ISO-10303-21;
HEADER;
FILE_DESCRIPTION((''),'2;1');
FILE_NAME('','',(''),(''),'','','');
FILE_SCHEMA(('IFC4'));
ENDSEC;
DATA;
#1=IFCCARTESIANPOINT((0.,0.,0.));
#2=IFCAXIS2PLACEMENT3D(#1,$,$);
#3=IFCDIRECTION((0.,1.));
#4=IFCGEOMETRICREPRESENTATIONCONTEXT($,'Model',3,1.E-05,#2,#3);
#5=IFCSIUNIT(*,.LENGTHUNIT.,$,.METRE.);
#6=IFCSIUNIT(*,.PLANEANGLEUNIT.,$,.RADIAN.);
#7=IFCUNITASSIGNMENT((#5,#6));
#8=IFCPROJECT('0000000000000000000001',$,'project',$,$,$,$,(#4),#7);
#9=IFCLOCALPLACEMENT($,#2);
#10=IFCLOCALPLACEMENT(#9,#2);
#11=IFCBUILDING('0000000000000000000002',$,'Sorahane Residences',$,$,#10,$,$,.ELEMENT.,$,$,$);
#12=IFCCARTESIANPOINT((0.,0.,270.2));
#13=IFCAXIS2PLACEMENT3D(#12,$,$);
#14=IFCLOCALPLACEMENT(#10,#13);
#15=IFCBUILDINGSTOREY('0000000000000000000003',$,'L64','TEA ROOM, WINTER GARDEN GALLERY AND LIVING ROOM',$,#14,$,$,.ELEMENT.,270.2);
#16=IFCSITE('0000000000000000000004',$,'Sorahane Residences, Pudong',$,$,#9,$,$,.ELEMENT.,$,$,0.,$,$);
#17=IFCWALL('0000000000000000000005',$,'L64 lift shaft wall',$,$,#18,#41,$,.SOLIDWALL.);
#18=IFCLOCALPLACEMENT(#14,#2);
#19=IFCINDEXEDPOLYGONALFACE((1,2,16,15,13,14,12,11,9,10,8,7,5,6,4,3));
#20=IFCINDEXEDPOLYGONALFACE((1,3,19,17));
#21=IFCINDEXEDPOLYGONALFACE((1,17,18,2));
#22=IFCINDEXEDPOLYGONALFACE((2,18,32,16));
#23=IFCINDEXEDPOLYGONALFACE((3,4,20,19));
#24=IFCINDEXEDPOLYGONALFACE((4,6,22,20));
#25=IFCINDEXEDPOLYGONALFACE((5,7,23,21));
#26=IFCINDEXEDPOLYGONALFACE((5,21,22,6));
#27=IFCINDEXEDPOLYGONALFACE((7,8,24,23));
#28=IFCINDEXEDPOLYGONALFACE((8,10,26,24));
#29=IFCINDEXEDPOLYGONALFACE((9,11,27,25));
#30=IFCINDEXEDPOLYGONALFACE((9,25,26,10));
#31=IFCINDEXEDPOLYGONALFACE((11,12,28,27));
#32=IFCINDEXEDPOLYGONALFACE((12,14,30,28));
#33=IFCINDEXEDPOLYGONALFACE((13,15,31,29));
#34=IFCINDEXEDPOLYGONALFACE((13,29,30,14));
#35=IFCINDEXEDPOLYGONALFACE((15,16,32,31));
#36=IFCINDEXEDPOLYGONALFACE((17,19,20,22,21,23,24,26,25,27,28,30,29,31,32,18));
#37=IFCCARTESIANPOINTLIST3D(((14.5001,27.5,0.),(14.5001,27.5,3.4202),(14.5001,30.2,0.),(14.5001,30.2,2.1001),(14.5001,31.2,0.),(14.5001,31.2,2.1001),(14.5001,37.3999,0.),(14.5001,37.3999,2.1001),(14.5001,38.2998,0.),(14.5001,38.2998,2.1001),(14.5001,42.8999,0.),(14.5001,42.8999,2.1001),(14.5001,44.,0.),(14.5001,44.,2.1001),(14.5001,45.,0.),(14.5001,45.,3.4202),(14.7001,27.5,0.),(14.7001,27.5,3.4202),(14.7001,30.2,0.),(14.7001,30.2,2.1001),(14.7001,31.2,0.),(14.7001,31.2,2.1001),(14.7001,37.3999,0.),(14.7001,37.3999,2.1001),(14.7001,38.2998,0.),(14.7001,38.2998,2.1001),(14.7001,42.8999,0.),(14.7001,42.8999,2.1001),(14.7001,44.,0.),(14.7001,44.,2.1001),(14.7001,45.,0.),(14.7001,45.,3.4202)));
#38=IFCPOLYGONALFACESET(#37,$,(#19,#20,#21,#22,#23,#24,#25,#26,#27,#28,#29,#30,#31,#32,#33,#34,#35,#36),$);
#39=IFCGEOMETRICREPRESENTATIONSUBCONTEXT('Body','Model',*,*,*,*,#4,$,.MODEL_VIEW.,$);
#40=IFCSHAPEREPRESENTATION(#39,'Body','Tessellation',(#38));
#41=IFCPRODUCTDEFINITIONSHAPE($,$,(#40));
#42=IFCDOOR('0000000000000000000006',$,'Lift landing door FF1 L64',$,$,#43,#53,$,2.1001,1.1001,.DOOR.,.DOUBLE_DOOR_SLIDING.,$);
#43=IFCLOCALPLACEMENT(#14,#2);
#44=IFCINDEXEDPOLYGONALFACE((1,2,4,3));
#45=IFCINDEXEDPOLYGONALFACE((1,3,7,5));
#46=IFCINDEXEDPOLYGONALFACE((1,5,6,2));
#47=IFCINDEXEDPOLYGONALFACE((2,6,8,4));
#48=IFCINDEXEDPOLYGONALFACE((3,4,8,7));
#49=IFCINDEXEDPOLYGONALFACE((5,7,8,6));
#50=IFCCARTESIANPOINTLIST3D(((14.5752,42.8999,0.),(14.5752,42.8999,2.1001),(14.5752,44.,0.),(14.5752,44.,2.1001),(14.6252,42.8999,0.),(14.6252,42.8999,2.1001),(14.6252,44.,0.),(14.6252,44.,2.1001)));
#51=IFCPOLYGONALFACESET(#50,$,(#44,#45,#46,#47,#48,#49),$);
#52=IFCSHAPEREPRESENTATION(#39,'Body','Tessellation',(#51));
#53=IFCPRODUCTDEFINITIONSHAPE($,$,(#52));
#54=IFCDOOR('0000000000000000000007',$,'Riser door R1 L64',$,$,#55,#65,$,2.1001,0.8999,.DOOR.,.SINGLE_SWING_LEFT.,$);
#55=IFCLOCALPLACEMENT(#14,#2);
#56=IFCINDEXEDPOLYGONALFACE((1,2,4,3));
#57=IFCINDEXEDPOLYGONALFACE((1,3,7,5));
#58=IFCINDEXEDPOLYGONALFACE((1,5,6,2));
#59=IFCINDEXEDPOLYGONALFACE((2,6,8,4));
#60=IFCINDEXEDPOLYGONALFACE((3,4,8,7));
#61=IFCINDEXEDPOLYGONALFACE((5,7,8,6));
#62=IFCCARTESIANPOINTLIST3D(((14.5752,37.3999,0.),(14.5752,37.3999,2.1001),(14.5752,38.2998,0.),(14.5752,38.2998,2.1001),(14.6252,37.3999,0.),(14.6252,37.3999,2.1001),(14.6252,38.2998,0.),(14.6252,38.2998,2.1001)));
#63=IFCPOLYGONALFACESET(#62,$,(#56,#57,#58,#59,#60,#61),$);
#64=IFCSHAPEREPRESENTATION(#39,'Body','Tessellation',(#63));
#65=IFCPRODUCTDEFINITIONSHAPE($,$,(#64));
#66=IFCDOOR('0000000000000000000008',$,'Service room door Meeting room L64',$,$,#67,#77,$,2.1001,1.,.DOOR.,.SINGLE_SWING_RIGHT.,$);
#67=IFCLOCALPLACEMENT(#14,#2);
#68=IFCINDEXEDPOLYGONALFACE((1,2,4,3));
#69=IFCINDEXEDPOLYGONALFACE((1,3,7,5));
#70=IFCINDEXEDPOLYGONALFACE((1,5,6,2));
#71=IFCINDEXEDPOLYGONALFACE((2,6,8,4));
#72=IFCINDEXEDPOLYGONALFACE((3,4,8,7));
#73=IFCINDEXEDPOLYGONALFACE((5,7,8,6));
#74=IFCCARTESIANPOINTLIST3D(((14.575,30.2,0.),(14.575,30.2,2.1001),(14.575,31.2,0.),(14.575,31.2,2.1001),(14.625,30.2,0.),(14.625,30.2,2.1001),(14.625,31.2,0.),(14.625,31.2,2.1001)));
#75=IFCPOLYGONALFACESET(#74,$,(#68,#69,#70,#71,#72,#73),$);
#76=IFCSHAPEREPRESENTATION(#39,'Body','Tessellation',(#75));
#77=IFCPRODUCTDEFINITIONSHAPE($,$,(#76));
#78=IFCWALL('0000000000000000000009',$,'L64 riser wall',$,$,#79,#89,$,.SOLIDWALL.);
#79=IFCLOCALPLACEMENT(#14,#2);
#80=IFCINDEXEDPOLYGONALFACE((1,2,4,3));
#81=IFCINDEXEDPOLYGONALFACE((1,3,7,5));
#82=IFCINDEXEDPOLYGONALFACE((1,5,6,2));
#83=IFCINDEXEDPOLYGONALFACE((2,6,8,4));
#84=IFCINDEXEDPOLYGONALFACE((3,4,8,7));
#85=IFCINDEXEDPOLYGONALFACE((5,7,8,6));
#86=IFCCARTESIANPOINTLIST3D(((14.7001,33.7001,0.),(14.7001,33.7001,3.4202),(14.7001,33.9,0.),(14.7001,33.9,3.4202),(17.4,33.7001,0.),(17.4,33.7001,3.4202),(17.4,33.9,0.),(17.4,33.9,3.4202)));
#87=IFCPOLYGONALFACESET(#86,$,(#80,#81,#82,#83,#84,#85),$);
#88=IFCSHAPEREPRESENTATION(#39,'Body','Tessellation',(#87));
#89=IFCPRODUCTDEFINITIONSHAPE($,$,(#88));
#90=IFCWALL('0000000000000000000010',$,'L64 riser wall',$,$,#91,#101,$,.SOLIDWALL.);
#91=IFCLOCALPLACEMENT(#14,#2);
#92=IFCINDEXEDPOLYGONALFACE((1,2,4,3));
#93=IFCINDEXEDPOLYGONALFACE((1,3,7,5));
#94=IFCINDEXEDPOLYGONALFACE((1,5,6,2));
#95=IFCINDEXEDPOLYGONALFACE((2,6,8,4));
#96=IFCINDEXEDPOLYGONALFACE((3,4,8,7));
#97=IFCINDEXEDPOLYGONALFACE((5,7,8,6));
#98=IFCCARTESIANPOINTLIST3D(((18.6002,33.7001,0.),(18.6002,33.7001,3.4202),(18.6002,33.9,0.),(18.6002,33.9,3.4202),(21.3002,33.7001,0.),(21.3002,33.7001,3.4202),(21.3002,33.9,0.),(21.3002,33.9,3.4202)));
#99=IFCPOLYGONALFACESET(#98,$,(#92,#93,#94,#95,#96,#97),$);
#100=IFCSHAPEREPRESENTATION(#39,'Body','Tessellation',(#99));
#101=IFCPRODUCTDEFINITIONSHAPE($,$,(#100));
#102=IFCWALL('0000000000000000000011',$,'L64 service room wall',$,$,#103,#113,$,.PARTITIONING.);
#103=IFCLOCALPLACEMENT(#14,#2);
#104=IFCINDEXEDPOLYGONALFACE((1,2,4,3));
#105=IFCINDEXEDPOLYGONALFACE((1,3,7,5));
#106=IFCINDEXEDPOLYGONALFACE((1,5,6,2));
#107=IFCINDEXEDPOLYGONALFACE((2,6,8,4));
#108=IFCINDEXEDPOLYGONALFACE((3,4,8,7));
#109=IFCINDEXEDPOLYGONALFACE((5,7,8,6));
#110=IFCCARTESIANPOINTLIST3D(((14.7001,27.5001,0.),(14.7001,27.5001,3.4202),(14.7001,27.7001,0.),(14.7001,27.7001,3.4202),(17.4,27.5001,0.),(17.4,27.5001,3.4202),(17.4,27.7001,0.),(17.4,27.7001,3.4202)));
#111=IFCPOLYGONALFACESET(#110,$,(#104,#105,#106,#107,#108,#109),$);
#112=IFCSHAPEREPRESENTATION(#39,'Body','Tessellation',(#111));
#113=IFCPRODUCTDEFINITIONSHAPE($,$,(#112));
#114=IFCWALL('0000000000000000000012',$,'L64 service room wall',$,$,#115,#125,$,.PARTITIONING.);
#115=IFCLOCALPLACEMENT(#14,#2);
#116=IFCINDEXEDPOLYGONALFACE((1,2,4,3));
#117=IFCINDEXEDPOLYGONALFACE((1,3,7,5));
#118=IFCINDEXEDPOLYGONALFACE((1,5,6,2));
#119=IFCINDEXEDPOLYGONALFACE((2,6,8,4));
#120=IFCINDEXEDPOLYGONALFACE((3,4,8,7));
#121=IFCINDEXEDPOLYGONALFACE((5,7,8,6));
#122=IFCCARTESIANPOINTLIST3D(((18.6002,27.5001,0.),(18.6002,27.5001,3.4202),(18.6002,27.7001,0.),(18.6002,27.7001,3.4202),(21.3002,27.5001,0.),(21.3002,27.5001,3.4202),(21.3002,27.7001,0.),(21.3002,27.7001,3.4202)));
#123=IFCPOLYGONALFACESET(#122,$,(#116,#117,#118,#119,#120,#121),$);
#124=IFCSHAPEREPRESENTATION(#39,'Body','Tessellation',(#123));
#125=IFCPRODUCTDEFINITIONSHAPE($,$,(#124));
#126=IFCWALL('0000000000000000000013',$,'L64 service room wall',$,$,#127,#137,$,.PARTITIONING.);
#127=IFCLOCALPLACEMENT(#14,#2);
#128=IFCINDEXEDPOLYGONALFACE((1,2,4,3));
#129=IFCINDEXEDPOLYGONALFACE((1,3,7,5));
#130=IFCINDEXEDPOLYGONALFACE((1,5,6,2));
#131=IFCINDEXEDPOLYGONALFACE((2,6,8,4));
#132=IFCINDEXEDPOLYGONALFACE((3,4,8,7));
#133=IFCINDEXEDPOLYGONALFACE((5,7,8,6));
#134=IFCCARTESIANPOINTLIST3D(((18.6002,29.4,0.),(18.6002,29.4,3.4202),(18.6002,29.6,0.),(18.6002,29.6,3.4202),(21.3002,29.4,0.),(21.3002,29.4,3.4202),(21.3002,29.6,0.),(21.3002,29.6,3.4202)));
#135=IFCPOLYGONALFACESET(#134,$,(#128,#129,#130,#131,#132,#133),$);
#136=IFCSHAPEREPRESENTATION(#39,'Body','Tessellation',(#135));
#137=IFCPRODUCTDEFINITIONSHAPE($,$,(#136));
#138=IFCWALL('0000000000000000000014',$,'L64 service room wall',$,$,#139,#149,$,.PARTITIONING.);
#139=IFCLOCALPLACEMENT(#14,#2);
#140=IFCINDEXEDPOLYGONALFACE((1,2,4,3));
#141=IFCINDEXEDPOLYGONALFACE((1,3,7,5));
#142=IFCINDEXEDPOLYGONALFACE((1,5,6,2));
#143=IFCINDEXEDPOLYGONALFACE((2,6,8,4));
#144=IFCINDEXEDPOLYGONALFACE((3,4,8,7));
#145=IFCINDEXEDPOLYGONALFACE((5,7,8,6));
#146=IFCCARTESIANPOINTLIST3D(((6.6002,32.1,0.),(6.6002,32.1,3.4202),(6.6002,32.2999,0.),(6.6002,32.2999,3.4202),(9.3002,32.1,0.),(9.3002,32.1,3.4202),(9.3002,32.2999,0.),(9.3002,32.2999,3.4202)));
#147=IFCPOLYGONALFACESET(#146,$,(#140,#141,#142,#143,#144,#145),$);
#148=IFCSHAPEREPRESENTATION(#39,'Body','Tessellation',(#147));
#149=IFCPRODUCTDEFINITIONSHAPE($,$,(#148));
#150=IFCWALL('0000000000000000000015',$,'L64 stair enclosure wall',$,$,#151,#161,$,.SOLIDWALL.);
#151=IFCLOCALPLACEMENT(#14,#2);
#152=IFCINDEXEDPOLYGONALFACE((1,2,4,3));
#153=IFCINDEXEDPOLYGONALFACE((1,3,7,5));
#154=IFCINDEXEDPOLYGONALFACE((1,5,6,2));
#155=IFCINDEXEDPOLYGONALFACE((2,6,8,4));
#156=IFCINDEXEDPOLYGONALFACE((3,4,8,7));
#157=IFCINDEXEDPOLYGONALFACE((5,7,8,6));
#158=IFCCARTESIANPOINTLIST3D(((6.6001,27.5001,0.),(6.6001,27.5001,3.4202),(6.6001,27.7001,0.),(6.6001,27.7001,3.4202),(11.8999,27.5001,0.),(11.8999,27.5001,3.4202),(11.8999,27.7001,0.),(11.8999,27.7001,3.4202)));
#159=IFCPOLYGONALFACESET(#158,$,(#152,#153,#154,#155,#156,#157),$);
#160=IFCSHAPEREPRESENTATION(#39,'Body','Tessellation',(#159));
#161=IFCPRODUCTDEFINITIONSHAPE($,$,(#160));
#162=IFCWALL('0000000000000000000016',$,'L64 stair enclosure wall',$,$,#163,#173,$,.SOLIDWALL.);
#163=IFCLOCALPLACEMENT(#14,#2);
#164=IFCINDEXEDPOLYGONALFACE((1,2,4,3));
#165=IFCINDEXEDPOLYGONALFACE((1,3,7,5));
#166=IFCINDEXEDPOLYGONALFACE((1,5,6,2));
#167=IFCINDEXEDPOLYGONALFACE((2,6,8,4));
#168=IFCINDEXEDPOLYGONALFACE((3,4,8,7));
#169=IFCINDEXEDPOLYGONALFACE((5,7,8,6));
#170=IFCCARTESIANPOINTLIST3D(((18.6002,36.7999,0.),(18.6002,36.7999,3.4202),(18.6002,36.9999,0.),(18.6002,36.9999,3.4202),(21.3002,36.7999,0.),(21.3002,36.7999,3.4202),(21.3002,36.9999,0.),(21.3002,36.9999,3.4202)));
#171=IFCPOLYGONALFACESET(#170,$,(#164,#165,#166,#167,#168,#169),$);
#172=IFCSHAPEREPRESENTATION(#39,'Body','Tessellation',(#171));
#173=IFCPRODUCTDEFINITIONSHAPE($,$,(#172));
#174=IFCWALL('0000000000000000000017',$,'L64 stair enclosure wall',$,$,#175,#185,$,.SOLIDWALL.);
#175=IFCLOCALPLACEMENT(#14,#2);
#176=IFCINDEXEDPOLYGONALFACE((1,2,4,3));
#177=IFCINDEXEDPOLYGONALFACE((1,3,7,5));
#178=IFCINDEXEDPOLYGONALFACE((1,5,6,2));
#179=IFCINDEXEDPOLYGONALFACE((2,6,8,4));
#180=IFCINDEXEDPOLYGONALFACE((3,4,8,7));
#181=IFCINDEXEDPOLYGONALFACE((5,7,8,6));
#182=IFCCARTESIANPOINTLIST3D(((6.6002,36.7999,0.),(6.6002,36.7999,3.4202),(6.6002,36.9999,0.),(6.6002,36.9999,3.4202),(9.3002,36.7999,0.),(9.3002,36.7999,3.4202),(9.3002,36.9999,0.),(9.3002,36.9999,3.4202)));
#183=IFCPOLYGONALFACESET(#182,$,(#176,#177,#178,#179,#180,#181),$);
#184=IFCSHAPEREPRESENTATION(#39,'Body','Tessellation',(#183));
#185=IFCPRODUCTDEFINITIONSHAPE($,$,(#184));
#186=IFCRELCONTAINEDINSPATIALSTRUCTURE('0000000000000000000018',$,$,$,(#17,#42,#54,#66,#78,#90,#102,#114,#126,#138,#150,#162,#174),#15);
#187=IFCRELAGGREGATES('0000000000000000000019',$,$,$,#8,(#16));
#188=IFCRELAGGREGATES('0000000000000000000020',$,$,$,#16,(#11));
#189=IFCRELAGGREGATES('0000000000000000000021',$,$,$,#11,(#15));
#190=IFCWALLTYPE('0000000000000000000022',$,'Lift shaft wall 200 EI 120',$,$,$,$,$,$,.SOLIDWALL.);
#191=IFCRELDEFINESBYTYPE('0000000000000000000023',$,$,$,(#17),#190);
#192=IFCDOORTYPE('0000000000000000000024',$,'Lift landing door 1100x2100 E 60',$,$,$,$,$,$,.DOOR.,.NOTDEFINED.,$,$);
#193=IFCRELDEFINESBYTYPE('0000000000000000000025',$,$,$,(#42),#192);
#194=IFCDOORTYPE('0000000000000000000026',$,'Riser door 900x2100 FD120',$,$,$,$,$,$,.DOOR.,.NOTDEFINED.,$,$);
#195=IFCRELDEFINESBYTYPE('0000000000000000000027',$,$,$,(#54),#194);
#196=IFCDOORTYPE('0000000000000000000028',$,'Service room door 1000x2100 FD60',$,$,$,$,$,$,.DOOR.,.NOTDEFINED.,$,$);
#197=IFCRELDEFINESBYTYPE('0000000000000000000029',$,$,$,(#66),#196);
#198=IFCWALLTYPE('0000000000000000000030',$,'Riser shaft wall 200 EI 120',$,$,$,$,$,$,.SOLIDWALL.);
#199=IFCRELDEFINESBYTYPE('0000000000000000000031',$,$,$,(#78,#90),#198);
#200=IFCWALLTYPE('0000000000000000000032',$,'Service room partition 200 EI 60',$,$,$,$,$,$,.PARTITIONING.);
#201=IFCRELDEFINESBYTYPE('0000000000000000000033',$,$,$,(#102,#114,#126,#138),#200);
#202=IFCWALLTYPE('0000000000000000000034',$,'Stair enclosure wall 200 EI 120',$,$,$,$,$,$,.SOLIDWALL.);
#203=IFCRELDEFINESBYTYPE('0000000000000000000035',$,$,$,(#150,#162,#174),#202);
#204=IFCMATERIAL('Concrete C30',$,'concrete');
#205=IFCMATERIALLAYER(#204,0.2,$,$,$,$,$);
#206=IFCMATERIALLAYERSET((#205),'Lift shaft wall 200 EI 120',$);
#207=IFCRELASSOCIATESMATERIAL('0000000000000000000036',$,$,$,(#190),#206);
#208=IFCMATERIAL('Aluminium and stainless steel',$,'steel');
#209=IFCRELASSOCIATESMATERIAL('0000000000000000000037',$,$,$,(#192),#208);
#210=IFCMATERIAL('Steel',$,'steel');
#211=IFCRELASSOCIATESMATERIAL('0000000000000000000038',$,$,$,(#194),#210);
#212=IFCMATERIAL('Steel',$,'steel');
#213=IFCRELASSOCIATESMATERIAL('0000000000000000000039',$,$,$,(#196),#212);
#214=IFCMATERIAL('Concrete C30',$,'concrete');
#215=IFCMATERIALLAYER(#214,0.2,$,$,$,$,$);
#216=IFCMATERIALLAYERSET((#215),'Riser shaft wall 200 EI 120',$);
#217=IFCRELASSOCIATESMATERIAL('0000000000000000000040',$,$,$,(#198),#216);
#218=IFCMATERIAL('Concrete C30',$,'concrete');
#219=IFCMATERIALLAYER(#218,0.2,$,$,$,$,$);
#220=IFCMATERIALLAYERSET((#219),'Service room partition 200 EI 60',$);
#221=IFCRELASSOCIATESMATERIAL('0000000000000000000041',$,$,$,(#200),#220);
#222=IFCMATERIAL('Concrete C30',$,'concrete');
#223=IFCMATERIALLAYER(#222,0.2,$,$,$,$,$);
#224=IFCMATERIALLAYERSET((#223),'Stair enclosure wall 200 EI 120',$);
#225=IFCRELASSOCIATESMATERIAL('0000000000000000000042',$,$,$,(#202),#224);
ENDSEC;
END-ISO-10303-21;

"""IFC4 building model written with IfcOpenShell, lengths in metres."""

from ifc_helpers import new_model, si_unit, direction, frame, frame_2d, origin, place, context, subcontext, project, spatial, rectangle, extrude, material, layer, layer_set, type_object, element, fill, save


model = new_model("IFC4")

# Units and contexts
model_context = context("Model", 3, precision=1e-05, world=origin(), true_north=direction((0.0, 1.0)))
body_context = subcontext(model_context, "Body", "Model", "MODEL_VIEW")
ifc_project = project(units=[si_unit("LENGTHUNIT", "METRE"), si_unit("PLANEANGLEUNIT", "RADIAN")], contexts=[model_context])

# Site, building, storey
site_placement = place(None, origin())
site = spatial("IfcSite", under=ifc_project, at=site_placement, Name="Sorahane Residences, Pudong", CompositionType="ELEMENT", RefElevation=0.0)
building_placement = place(site_placement, origin())
building = spatial("IfcBuilding", under=site, at=building_placement, Name="Sorahane Residences", CompositionType="ELEMENT")
storey_placement = place(building_placement, frame((0.0, 0.0, 270.2)))
storey = spatial("IfcBuildingStorey", under=building, at=storey_placement, Name="L64", Description="TEA ROOM, WINTER GARDEN GALLERY AND LIVING ROOM", CompositionType="ELEMENT", Elevation=270.2)

# Wall, openings, doors
ifc_material_1 = material(Name="Concrete C30", Category="concrete")
ifc_layer_1 = layer(ifc_material_1, 0.2)
ifc_layer_set_1 = layer_set([ifc_layer_1], Name="Lift shaft wall 200 EI 120")
wall_type_1 = type_object("IfcWallType", Name="Lift shaft wall 200 EI 120", PredefinedType="SOLIDWALL", material=ifc_layer_set_1)
wall_1_placement = place(storey_placement, frame((14.6001, 27.5, 0.0), z_axis=(0.0, 0.0, 1.0), x_axis=(0.0, 1.0, 0.0)))
wall_1 = element("IfcWall", 1, at=wall_1_placement, inside=storey, type_object=wall_type_1, Name="L64 lift shaft wall", PredefinedType="SOLIDWALL", context=body_context, shape_type="SweptSolid", body=[
    extrude(rectangle(XDim=17.5, YDim=0.2, at=frame_2d((8.75, 0.0))), origin(), (0.0, 0.0, 1.0), 3.4202),
])
opening_1_placement = place(wall_1_placement, frame((15.3999, 0.0, 0.0)))
opening_1 = element("IfcOpeningElement", 2, at=opening_1_placement, cuts=wall_1, PredefinedType="OPENING", context=body_context, shape_type="SweptSolid", body=[
    extrude(rectangle(XDim=1.1001, YDim=2.1001, at=frame_2d((0.55, 1.05))), frame((0.0, 0.1099, 0.0), z_axis=(0.0, -1.0, 0.0), x_axis=(1.0, 0.0, 0.0)), (0.0, 0.0, 1.0), 0.22),
])
opening_2_placement = place(wall_1_placement, frame((2.7, 0.0, 0.0)))
opening_2 = element("IfcOpeningElement", 3, at=opening_2_placement, cuts=wall_1, PredefinedType="OPENING", context=body_context, shape_type="SweptSolid", body=[
    extrude(rectangle(XDim=1.0, YDim=2.1001, at=frame_2d((0.5, 1.05))), frame((0.0, 0.1099, 0.0), z_axis=(0.0, -1.0, 0.0), x_axis=(1.0, 0.0, 0.0)), (0.0, 0.0, 1.0), 0.22),
])
opening_3_placement = place(wall_1_placement, frame((9.8999, 0.0, 0.0)))
opening_3 = element("IfcOpeningElement", 4, at=opening_3_placement, cuts=wall_1, PredefinedType="OPENING", context=body_context, shape_type="SweptSolid", body=[
    extrude(rectangle(XDim=0.8999, YDim=2.1001, at=frame_2d((0.45, 1.05))), frame((0.0, 0.1099, 0.0), z_axis=(0.0, -1.0, 0.0), x_axis=(1.0, 0.0, 0.0)), (0.0, 0.0, 1.0), 0.22),
])
ifc_material_2 = material(Name="Aluminium and stainless steel", Category="steel")
door_type_1 = type_object("IfcDoorType", Name="Lift landing door 1100x2100 E 60", OperationType="NOTDEFINED", PredefinedType="DOOR", material=ifc_material_2)
door_1_placement = place(opening_1_placement, origin())
door_1 = element("IfcDoor", 5, at=door_1_placement, inside=storey, type_object=door_type_1, Name="Lift landing door FF1 L64", OperationType="DOUBLE_DOOR_SLIDING", OverallHeight=2.1001, OverallWidth=1.1001, PredefinedType="DOOR", context=body_context, shape_type="SweptSolid", body=[
    extrude(rectangle(XDim=1.1001, YDim=2.1001, at=frame_2d((0.55, 1.05))), frame((0.0, 0.0249, 0.0), z_axis=(0.0, -1.0, 0.0), x_axis=(1.0, 0.0, 0.0)), (0.0, 0.0, 1.0), 0.05),
])
fill(opening_1, door_1)
ifc_material_3 = material(Name="Steel", Category="steel")
door_type_2 = type_object("IfcDoorType", Name="Riser door 900x2100 FD120", OperationType="NOTDEFINED", PredefinedType="DOOR", material=ifc_material_3)
door_2_placement = place(opening_3_placement, origin())
door_2 = element("IfcDoor", 6, at=door_2_placement, inside=storey, type_object=door_type_2, Name="Riser door R1 L64", OperationType="SINGLE_SWING_LEFT", OverallHeight=2.1001, OverallWidth=0.8999, PredefinedType="DOOR", context=body_context, shape_type="SweptSolid", body=[
    extrude(rectangle(XDim=0.8999, YDim=2.1001, at=frame_2d((0.45, 1.05))), frame((0.0, 0.0249, 0.0), z_axis=(0.0, -1.0, 0.0), x_axis=(1.0, 0.0, 0.0)), (0.0, 0.0, 1.0), 0.05),
])
fill(opening_3, door_2)
ifc_material_4 = material(Name="Steel", Category="steel")
door_type_3 = type_object("IfcDoorType", Name="Service room door 1000x2100 FD60", OperationType="NOTDEFINED", PredefinedType="DOOR", material=ifc_material_4)
door_3_placement = place(opening_2_placement, frame((1.0, 0.0, 0.0), z_axis=(0.0, 0.0, 1.0), x_axis=(-1.0, 0.0, 0.0)))
door_3 = element("IfcDoor", 7, at=door_3_placement, inside=storey, type_object=door_type_3, Name="Service room door Meeting room L64", OperationType="SINGLE_SWING_RIGHT", OverallHeight=2.1001, OverallWidth=1.0, PredefinedType="DOOR", context=body_context, shape_type="SweptSolid", body=[
    extrude(rectangle(XDim=1.0, YDim=2.1001, at=frame_2d((0.5, 1.05))), frame((0.0, 0.0249, 0.0), z_axis=(0.0, -1.0, 0.0), x_axis=(1.0, 0.0, 0.0)), (0.0, 0.0, 1.0), 0.05),
])
fill(opening_2, door_3)

# Walls
ifc_material_5 = material(Name="Concrete C30", Category="concrete")
ifc_layer_2 = layer(ifc_material_5, 0.2)
ifc_layer_set_2 = layer_set([ifc_layer_2], Name="Riser shaft wall 200 EI 120")
wall_type_2 = type_object("IfcWallType", Name="Riser shaft wall 200 EI 120", PredefinedType="SOLIDWALL", material=ifc_layer_set_2)
for number, where, z_axis, x_axis, name in (
    (8, (14.7, 33.8, 0.0), (0.0, 0.0, 1.0), (1.0, 0.0, 0.0), "L64 riser wall"),
    (9, (18.6001, 33.8, 0.0), (0.0, 0.0, 1.0), (1.0, 0.0, 0.0), "L64 riser wall"),
):
    element("IfcWall", number, at=place(storey_placement, frame(where, z_axis=z_axis, x_axis=x_axis)), inside=storey, type_object=wall_type_2, Name=name, PredefinedType="SOLIDWALL", context=body_context, shape_type="SweptSolid", body=[
        extrude(rectangle(XDim=2.7, YDim=0.2, at=frame_2d((1.3501, 0.0))), origin(), (0.0, 0.0, 1.0), 3.4202),
    ])
ifc_material_6 = material(Name="Concrete C30", Category="concrete")
ifc_layer_3 = layer(ifc_material_6, 0.2)
ifc_layer_set_3 = layer_set([ifc_layer_3], Name="Service room partition 200 EI 60")
wall_type_3 = type_object("IfcWallType", Name="Service room partition 200 EI 60", PredefinedType="PARTITIONING", material=ifc_layer_set_3)
for number, where, z_axis, x_axis, name in (
    (10, (14.7, 27.6001, 0.0), (0.0, 0.0, 1.0), (1.0, 0.0, 0.0), "L64 service room wall"),
    (11, (18.6001, 27.6001, 0.0), (0.0, 0.0, 1.0), (1.0, 0.0, 0.0), "L64 service room wall"),
    (12, (18.6001, 29.5, 0.0), (0.0, 0.0, 1.0), (1.0, 0.0, 0.0), "L64 service room wall"),
    (13, (6.6001, 32.2, 0.0), (0.0, 0.0, 1.0), (1.0, 0.0, 0.0), "L64 service room wall"),
):
    element("IfcWall", number, at=place(storey_placement, frame(where, z_axis=z_axis, x_axis=x_axis)), inside=storey, type_object=wall_type_3, Name=name, PredefinedType="PARTITIONING", context=body_context, shape_type="SweptSolid", body=[
        extrude(rectangle(XDim=2.7, YDim=0.2, at=frame_2d((1.3501, 0.0))), origin(), (0.0, 0.0, 1.0), 3.4202),
    ])
ifc_material_7 = material(Name="Concrete C30", Category="concrete")
ifc_layer_4 = layer(ifc_material_7, 0.2)
ifc_layer_set_4 = layer_set([ifc_layer_4], Name="Stair enclosure wall 200 EI 120")
wall_type_4 = type_object("IfcWallType", Name="Stair enclosure wall 200 EI 120", PredefinedType="SOLIDWALL", material=ifc_layer_set_4)
wall_2_placement = place(storey_placement, frame((6.6001, 27.6001, 0.0), z_axis=(0.0, 0.0, 1.0), x_axis=(1.0, 0.0, 0.0)))
element("IfcWall", 14, at=wall_2_placement, inside=storey, type_object=wall_type_4, Name="L64 stair enclosure wall", PredefinedType="SOLIDWALL", context=body_context, shape_type="SweptSolid", body=[
    extrude(rectangle(XDim=5.2998, YDim=0.2, at=frame_2d((2.6499, 0.0))), origin(), (0.0, 0.0, 1.0), 3.4202),
])
for number, where, z_axis, x_axis, name in (
    (15, (18.6001, 36.8999, 0.0), (0.0, 0.0, 1.0), (1.0, 0.0, 0.0), "L64 stair enclosure wall"),
    (16, (6.6001, 36.8999, 0.0), (0.0, 0.0, 1.0), (1.0, 0.0, 0.0), "L64 stair enclosure wall"),
):
    element("IfcWall", number, at=place(storey_placement, frame(where, z_axis=z_axis, x_axis=x_axis)), inside=storey, type_object=wall_type_4, Name=name, PredefinedType="SOLIDWALL", context=body_context, shape_type="SweptSolid", body=[
        extrude(rectangle(XDim=2.7, YDim=0.2, at=frame_2d((1.3501, 0.0))), origin(), (0.0, 0.0, 1.0), 3.4202),
    ])

save(model, "model.ifc")
